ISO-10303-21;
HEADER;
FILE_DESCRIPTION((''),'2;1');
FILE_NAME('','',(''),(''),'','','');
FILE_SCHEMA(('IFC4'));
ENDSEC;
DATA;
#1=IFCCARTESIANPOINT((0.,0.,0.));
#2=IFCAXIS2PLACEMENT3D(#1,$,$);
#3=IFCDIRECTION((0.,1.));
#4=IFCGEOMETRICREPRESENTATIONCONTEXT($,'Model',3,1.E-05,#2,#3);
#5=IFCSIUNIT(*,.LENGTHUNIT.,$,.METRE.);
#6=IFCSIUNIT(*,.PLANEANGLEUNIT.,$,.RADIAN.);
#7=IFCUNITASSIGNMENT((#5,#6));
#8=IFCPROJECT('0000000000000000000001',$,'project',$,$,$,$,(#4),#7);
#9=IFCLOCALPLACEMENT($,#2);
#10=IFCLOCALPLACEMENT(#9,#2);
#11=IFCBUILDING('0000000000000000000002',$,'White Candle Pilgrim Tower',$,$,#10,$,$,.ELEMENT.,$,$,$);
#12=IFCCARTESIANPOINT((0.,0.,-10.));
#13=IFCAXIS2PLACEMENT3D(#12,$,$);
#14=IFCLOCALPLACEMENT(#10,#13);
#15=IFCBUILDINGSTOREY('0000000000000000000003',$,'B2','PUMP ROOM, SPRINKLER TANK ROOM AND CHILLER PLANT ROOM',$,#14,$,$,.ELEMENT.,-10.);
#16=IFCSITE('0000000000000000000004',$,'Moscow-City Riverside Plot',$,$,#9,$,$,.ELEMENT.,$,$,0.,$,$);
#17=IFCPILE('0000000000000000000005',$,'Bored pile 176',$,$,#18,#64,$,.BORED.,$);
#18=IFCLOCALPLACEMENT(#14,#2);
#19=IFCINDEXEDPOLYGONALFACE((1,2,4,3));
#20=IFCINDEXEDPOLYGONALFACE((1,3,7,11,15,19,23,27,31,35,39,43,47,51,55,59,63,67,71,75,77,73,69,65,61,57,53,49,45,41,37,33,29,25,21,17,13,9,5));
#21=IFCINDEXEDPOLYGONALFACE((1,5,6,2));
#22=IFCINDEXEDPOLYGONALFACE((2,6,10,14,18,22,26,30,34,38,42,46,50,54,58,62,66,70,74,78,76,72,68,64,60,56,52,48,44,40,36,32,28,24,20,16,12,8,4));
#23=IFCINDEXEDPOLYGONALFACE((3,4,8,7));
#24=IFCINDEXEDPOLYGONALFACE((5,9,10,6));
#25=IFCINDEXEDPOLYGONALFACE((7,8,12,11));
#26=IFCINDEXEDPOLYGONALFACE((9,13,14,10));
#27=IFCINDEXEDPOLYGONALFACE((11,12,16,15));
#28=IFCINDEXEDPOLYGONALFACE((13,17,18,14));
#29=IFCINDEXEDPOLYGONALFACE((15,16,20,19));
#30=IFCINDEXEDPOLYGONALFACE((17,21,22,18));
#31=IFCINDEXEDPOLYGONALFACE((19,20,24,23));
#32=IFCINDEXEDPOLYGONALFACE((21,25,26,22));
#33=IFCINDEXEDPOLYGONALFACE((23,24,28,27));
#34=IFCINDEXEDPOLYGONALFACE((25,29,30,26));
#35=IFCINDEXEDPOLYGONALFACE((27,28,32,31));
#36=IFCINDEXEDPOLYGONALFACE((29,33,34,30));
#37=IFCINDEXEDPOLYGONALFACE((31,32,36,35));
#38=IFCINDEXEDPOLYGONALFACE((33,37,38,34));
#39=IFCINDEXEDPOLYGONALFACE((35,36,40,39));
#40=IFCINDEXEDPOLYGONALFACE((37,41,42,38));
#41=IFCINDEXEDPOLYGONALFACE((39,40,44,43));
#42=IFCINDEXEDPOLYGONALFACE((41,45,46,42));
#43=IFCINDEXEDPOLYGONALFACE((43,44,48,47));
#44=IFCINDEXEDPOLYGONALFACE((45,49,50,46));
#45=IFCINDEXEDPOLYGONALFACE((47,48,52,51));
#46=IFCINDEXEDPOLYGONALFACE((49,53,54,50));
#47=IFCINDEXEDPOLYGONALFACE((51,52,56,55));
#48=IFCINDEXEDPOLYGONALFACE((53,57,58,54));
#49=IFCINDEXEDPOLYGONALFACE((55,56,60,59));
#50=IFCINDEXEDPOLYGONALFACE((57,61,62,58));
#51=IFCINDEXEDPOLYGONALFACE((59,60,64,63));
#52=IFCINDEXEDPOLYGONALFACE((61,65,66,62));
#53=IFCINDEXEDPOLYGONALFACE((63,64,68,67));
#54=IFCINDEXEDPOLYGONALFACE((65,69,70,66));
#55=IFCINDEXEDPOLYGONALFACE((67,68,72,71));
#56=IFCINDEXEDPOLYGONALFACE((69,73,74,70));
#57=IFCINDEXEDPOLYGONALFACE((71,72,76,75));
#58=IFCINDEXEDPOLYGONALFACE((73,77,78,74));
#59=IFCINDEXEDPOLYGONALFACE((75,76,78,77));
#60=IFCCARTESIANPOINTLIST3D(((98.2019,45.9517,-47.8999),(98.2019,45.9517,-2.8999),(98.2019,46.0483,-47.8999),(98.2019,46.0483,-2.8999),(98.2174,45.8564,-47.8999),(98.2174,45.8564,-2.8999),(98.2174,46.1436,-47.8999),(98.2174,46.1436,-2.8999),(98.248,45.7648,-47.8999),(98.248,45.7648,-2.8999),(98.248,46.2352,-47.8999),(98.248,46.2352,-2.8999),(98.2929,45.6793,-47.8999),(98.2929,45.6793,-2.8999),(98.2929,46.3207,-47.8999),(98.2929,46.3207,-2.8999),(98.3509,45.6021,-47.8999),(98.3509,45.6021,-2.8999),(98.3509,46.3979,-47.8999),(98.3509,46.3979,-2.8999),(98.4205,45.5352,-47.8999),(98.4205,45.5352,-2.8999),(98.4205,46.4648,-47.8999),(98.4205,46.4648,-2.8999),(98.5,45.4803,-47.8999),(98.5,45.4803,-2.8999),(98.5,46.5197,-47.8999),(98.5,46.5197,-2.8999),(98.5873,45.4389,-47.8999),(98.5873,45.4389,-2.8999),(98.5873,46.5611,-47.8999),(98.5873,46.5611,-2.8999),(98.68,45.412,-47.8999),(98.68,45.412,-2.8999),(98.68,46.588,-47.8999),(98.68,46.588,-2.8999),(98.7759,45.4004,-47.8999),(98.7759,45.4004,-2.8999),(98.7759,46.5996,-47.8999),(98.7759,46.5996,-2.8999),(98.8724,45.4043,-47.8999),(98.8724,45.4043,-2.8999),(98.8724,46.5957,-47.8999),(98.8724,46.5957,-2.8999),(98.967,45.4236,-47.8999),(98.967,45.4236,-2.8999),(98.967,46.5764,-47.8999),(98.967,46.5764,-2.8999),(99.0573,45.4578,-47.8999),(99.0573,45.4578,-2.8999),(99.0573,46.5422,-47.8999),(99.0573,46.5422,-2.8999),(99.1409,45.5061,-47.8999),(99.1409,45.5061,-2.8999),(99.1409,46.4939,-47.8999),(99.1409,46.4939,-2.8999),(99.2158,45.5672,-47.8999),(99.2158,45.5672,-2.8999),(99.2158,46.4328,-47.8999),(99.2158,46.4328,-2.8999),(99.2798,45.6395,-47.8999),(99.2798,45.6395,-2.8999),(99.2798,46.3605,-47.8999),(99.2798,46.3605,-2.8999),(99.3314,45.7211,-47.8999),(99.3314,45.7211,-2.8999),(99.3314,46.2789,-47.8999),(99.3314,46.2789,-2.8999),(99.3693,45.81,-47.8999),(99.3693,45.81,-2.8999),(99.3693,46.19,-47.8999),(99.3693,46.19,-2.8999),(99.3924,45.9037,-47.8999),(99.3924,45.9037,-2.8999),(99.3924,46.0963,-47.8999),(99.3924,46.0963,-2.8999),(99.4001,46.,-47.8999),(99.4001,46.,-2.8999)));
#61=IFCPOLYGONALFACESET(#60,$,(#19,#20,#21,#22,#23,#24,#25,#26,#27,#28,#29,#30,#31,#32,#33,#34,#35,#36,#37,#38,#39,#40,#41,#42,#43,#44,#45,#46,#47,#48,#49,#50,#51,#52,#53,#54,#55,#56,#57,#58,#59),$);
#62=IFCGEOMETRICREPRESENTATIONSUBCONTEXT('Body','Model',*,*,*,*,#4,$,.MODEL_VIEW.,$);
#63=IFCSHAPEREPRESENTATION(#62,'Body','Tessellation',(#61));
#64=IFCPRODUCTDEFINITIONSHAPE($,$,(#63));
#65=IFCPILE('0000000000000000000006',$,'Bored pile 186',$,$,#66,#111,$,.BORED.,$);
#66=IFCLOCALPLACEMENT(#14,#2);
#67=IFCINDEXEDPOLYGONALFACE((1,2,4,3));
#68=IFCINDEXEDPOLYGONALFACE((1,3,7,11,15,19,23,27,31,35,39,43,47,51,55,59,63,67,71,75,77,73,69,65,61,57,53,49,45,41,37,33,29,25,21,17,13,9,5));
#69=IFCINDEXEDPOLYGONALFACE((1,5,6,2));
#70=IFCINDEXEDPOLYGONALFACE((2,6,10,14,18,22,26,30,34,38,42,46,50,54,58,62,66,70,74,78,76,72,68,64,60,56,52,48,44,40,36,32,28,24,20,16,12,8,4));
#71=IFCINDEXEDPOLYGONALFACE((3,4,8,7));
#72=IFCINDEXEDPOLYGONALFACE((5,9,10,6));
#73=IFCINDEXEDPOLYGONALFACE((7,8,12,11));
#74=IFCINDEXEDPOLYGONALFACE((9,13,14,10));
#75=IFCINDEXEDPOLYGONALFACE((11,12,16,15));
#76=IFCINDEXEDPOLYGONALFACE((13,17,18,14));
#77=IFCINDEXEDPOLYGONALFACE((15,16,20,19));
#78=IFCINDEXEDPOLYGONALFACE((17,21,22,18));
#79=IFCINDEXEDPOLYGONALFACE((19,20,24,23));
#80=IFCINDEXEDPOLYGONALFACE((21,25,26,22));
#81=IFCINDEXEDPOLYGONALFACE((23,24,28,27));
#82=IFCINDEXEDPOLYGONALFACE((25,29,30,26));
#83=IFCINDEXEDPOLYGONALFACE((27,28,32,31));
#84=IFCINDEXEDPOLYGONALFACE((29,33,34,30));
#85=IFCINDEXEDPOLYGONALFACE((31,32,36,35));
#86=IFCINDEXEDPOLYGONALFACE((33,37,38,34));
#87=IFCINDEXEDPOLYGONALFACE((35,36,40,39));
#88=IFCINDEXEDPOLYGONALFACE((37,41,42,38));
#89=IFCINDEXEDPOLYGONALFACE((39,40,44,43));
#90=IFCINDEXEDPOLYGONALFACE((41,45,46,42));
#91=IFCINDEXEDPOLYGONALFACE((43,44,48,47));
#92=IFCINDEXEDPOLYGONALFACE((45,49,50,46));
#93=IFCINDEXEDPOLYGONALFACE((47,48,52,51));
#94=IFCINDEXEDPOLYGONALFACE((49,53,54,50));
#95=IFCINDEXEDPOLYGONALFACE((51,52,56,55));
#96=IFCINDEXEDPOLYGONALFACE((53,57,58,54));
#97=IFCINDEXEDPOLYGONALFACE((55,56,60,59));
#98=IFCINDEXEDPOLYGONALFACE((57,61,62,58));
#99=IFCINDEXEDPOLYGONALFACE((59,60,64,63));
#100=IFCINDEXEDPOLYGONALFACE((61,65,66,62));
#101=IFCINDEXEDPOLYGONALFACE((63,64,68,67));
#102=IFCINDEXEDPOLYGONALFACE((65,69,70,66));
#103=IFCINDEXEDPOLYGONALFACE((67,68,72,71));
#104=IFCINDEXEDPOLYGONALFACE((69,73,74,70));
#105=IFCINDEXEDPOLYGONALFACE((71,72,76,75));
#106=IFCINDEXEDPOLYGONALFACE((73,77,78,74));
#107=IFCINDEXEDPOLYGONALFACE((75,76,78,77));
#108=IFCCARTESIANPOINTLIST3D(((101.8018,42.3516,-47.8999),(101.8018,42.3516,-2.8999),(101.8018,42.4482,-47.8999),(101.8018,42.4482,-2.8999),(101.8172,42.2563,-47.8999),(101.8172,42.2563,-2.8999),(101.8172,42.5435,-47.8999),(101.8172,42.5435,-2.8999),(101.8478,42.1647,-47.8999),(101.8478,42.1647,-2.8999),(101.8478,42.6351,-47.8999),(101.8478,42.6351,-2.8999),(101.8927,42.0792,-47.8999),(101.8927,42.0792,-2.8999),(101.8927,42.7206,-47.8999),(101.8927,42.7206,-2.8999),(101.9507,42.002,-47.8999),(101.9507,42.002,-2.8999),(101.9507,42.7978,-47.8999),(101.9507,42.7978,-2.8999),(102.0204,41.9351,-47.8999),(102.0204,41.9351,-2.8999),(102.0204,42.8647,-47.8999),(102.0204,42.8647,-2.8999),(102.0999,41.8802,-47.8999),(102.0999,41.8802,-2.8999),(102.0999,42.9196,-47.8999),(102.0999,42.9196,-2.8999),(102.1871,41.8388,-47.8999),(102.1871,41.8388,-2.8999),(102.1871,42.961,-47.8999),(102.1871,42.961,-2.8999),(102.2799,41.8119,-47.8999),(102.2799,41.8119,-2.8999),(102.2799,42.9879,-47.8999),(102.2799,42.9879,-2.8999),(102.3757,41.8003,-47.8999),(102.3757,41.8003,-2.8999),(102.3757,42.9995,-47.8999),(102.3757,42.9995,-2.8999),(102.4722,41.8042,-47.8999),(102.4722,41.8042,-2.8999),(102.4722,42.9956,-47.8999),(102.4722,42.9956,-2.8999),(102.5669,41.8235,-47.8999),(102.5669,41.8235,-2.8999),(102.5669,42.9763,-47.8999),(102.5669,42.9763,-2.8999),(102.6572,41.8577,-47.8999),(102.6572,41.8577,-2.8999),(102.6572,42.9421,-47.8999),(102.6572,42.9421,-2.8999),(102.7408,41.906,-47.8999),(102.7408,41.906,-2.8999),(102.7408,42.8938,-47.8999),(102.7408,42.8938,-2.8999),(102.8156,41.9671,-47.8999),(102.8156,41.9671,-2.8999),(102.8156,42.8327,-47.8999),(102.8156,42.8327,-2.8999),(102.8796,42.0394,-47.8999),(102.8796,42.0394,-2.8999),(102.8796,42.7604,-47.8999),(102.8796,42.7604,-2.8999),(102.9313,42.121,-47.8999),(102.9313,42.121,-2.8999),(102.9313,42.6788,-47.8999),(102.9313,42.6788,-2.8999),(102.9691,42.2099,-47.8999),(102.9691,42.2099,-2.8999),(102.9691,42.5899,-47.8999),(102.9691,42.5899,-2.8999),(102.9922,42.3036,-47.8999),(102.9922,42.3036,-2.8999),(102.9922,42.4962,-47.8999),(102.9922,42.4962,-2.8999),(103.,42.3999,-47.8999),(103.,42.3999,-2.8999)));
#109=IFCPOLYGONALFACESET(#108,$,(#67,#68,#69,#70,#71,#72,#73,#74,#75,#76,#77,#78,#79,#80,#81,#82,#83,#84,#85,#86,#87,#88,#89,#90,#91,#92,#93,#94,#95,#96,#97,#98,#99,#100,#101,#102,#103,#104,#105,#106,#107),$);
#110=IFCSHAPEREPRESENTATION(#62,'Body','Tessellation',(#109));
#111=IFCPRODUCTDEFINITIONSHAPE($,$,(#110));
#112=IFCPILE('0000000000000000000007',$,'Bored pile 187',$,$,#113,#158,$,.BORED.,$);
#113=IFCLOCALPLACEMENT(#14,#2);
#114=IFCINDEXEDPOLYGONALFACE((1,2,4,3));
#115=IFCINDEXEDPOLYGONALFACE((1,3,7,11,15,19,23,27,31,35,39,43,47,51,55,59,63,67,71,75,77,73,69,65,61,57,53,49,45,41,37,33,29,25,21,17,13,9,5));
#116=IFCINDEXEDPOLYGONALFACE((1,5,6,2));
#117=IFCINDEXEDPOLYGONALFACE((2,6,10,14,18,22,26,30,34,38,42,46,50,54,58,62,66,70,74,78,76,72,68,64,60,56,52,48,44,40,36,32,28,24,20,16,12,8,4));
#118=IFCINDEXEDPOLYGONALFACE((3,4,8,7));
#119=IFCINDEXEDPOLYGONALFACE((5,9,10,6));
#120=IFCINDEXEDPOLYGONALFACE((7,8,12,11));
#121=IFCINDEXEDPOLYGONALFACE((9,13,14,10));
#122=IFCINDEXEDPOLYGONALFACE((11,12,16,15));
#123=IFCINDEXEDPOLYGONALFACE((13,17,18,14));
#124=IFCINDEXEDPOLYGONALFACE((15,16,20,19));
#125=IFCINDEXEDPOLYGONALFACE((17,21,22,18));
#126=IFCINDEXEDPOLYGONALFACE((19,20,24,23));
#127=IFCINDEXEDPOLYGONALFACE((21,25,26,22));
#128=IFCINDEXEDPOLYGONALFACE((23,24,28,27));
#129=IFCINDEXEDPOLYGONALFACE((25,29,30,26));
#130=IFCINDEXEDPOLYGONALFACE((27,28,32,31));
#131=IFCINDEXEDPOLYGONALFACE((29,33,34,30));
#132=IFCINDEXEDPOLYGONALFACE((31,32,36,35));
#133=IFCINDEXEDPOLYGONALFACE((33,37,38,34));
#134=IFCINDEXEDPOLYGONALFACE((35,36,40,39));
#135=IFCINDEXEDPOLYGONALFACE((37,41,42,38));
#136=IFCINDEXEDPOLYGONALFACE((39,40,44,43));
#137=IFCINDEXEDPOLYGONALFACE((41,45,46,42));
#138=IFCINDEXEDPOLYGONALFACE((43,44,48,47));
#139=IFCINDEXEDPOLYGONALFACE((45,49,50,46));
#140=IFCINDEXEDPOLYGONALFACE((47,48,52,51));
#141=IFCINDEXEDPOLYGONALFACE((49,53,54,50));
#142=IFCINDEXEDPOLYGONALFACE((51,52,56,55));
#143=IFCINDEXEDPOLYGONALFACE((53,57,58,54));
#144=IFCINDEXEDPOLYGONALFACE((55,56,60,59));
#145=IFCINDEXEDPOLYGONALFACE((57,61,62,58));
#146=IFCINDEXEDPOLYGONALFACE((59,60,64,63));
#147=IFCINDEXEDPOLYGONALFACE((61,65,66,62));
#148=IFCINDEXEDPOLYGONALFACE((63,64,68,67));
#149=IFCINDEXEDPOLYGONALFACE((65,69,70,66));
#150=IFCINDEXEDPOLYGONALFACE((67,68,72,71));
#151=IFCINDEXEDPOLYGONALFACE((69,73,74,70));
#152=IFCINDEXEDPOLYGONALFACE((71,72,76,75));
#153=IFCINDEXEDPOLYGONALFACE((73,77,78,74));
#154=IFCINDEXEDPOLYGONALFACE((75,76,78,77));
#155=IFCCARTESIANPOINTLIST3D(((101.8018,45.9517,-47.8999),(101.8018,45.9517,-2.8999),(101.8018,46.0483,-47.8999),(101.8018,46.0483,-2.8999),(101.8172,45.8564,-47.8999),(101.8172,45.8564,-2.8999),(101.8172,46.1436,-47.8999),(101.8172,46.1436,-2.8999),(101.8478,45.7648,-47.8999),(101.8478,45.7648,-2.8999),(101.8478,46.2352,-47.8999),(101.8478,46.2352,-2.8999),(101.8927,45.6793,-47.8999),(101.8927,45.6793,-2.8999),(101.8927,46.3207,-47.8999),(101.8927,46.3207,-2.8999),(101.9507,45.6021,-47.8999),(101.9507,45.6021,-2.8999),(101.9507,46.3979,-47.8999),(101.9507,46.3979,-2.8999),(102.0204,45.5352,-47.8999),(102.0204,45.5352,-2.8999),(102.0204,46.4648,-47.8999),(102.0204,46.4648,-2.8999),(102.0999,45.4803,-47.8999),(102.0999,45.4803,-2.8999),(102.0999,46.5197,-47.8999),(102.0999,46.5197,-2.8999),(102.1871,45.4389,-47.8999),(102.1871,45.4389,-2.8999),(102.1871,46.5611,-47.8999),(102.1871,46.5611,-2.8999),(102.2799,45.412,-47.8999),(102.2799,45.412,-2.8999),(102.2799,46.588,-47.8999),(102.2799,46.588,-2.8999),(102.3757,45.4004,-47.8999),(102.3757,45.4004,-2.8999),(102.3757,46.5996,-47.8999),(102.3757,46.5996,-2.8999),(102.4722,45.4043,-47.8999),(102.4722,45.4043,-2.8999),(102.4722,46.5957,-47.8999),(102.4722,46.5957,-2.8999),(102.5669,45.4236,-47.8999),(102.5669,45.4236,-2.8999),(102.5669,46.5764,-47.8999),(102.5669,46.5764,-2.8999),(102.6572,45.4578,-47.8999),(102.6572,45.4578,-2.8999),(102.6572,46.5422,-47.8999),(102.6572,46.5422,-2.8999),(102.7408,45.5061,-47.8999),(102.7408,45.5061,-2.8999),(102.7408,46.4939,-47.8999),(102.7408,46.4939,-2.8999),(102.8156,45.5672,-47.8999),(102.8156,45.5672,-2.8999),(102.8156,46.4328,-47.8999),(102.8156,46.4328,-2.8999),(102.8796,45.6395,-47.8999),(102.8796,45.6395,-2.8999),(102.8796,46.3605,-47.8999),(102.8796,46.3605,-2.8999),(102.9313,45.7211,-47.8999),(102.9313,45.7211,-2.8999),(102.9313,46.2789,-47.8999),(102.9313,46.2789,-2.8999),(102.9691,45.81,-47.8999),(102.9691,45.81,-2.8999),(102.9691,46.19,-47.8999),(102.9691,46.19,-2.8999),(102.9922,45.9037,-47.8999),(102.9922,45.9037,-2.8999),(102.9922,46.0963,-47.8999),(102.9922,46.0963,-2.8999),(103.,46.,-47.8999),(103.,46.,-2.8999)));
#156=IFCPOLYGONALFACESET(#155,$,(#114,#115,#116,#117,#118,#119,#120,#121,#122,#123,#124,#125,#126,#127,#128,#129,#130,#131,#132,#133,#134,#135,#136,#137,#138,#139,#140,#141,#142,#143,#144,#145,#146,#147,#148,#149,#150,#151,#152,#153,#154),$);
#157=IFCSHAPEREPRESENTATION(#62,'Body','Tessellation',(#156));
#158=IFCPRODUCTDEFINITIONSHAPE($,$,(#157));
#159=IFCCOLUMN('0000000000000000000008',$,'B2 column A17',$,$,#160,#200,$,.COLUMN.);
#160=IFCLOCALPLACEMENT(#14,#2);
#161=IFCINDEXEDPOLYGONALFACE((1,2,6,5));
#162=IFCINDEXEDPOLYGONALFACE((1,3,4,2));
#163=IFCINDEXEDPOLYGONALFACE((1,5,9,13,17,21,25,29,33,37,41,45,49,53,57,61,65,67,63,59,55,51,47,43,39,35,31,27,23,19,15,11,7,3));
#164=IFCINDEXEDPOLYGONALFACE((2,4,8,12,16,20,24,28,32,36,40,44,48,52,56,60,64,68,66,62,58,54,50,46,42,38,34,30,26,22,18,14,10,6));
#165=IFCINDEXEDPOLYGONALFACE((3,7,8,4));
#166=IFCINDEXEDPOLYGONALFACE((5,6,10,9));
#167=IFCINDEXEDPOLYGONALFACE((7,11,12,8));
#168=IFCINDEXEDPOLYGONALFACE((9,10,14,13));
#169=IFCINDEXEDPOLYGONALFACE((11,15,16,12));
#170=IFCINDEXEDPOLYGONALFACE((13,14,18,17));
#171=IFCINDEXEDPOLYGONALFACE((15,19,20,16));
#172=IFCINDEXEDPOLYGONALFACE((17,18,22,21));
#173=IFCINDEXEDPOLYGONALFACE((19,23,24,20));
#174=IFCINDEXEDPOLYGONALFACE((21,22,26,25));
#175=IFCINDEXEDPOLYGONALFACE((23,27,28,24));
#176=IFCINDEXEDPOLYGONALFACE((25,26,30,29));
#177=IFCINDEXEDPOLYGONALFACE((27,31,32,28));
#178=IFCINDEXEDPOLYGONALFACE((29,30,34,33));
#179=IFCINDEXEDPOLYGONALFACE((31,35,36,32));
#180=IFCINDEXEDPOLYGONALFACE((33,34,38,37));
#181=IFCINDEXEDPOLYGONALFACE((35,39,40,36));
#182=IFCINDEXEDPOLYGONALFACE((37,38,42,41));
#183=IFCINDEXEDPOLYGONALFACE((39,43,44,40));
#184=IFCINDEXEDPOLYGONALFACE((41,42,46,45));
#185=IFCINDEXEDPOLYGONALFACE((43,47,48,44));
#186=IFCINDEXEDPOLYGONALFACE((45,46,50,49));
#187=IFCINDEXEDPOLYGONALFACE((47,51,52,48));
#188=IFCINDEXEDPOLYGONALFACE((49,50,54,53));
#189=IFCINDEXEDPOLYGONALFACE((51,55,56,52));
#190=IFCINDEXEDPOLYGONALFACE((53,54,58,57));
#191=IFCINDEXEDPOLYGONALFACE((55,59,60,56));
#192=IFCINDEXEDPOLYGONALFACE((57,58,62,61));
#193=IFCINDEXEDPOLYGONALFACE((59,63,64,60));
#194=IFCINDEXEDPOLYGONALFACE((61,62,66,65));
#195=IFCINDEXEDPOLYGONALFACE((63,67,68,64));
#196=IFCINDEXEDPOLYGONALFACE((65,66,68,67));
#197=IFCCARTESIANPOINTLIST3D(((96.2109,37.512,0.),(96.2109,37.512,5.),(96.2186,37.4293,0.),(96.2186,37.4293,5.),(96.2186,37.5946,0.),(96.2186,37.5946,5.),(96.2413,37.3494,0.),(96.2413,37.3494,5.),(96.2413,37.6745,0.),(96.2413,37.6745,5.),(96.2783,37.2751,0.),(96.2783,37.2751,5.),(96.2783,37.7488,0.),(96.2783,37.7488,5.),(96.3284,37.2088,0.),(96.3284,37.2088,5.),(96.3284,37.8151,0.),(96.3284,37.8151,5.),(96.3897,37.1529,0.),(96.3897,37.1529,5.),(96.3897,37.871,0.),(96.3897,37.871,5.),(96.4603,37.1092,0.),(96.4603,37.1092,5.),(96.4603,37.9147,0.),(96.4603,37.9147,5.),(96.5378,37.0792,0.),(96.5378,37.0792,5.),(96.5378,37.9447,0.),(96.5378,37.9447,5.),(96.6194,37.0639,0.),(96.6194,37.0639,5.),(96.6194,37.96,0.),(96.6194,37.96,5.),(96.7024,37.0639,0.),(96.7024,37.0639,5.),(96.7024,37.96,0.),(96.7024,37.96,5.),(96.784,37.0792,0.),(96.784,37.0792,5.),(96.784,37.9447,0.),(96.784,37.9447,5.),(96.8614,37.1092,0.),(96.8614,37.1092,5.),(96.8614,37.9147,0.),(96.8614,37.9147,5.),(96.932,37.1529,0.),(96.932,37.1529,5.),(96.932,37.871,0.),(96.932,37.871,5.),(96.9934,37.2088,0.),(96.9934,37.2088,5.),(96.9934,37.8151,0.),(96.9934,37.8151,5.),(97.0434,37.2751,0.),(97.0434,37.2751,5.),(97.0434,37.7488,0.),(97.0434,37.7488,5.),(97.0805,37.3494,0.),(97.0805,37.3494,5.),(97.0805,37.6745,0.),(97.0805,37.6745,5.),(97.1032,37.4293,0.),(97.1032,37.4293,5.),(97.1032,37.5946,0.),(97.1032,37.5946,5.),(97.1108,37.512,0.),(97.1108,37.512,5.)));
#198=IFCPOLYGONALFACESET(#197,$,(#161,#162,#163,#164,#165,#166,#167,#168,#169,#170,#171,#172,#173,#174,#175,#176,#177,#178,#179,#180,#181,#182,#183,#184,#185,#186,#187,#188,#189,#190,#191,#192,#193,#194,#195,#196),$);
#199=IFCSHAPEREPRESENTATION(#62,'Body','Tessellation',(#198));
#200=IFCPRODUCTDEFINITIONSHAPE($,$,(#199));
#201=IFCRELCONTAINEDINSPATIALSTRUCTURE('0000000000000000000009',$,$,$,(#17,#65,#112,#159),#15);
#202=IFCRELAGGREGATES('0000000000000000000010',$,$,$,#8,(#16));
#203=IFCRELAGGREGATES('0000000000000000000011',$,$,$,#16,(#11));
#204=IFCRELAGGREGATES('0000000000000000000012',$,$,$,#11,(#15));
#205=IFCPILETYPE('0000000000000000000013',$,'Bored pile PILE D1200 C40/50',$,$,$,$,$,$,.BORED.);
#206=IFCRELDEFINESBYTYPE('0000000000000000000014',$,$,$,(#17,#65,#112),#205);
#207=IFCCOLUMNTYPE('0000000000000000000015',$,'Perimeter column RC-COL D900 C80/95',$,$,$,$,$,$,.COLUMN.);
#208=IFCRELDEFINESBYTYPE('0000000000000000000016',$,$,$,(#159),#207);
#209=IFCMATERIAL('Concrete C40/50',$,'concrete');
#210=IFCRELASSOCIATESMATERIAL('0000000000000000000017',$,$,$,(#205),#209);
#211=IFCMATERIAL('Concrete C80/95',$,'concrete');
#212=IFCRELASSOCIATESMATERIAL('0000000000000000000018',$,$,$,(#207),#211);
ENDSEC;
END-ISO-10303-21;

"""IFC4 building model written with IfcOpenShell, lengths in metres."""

from ifc_helpers import new_model, si_unit, direction, frame, origin, origin_2d, place, context, subcontext, project, spatial, circle, extrude, material, material_profile, profile_set, type_object, element, save


model = new_model("IFC4")

# Units and contexts
model_context = context("Model", 3, precision=1e-05, world=origin(), true_north=direction((0.0, 1.0)))
body_context = subcontext(model_context, "Body", "Model", "MODEL_VIEW")
ifc_project = project(units=[si_unit("LENGTHUNIT", "METRE"), si_unit("PLANEANGLEUNIT", "RADIAN")], contexts=[model_context])

# Site, building, storey
site_placement = place(None, origin())
site = spatial("IfcSite", under=ifc_project, at=site_placement, Name="Moscow-City Riverside Plot", CompositionType="ELEMENT", RefElevation=0.0)
building_placement = place(site_placement, origin())
building = spatial("IfcBuilding", under=site, at=building_placement, Name="White Candle Pilgrim Tower", CompositionType="ELEMENT")
storey_placement = place(building_placement, frame((0.0, 0.0, -10.0)))
storey = spatial("IfcBuildingStorey", under=building, at=storey_placement, Name="B2", Description="PUMP ROOM, SPRINKLER TANK ROOM AND CHILLER PLANT ROOM", CompositionType="ELEMENT", Elevation=-10.0)

# Piles
ifc_material_1 = material(Name="Concrete C40/50", Category="concrete")
ifc_material_profile_1 = material_profile(ifc_material_1, circle(Radius=0.6001, at=origin_2d()), Name="PILE D1200")
ifc_profile_set_1 = profile_set([ifc_material_profile_1], Name="Concrete C40/50")
pile_type = type_object("IfcPileType", Name="Bored pile PILE D1200 C40/50", PredefinedType="BORED", material=ifc_profile_set_1)
for number, where, z_axis, x_axis, name in (
    (1, (98.8, 46.0, -2.8999), (0.0, 0.0, -1.0), (1.0, 0.0, 0.0), "Bored pile 176"),
    (2, (102.3999, 42.3999, -2.8999), (0.0, 0.0, -1.0), (1.0, 0.0, 0.0), "Bored pile 186"),
    (3, (102.3999, 46.0, -2.8999), (0.0, 0.0, -1.0), (1.0, 0.0, 0.0), "Bored pile 187"),
):
    element("IfcPile", number, at=place(storey_placement, frame(where, z_axis=z_axis, x_axis=x_axis)), inside=storey, type_object=pile_type, Name=name, PredefinedType="BORED", context=body_context, shape_type="SweptSolid", body=[
        extrude(circle(Radius=0.6001, at=origin_2d()), origin(), (0.0, 0.0, 1.0), 45.0),
    ])

# Column
ifc_material_2 = material(Name="Concrete C80/95", Category="concrete")
ifc_material_profile_2 = material_profile(ifc_material_2, circle(Radius=0.45, at=origin_2d()), Name="RC-COL D900")
ifc_profile_set_2 = profile_set([ifc_material_profile_2], Name="Concrete C80/95")
column_type = type_object("IfcColumnType", Name="Perimeter column RC-COL D900 C80/95", PredefinedType="COLUMN", material=ifc_profile_set_2)
for number, where, z_axis, x_axis, name in (
    (4, (96.6609, 37.512, 0.0), (0.0, 0.0, 1.0), (1.0, 0.0, 0.0), "B2 column A17"),
):
    element("IfcColumn", number, at=place(storey_placement, frame(where, z_axis=z_axis, x_axis=x_axis)), inside=storey, type_object=column_type, Name=name, PredefinedType="COLUMN", context=body_context, shape_type="SweptSolid", body=[
        extrude(circle(Radius=0.45, at=origin_2d()), origin(), (0.0, 0.0, 1.0), 5.0),
    ])

save(model, "model.ifc")
